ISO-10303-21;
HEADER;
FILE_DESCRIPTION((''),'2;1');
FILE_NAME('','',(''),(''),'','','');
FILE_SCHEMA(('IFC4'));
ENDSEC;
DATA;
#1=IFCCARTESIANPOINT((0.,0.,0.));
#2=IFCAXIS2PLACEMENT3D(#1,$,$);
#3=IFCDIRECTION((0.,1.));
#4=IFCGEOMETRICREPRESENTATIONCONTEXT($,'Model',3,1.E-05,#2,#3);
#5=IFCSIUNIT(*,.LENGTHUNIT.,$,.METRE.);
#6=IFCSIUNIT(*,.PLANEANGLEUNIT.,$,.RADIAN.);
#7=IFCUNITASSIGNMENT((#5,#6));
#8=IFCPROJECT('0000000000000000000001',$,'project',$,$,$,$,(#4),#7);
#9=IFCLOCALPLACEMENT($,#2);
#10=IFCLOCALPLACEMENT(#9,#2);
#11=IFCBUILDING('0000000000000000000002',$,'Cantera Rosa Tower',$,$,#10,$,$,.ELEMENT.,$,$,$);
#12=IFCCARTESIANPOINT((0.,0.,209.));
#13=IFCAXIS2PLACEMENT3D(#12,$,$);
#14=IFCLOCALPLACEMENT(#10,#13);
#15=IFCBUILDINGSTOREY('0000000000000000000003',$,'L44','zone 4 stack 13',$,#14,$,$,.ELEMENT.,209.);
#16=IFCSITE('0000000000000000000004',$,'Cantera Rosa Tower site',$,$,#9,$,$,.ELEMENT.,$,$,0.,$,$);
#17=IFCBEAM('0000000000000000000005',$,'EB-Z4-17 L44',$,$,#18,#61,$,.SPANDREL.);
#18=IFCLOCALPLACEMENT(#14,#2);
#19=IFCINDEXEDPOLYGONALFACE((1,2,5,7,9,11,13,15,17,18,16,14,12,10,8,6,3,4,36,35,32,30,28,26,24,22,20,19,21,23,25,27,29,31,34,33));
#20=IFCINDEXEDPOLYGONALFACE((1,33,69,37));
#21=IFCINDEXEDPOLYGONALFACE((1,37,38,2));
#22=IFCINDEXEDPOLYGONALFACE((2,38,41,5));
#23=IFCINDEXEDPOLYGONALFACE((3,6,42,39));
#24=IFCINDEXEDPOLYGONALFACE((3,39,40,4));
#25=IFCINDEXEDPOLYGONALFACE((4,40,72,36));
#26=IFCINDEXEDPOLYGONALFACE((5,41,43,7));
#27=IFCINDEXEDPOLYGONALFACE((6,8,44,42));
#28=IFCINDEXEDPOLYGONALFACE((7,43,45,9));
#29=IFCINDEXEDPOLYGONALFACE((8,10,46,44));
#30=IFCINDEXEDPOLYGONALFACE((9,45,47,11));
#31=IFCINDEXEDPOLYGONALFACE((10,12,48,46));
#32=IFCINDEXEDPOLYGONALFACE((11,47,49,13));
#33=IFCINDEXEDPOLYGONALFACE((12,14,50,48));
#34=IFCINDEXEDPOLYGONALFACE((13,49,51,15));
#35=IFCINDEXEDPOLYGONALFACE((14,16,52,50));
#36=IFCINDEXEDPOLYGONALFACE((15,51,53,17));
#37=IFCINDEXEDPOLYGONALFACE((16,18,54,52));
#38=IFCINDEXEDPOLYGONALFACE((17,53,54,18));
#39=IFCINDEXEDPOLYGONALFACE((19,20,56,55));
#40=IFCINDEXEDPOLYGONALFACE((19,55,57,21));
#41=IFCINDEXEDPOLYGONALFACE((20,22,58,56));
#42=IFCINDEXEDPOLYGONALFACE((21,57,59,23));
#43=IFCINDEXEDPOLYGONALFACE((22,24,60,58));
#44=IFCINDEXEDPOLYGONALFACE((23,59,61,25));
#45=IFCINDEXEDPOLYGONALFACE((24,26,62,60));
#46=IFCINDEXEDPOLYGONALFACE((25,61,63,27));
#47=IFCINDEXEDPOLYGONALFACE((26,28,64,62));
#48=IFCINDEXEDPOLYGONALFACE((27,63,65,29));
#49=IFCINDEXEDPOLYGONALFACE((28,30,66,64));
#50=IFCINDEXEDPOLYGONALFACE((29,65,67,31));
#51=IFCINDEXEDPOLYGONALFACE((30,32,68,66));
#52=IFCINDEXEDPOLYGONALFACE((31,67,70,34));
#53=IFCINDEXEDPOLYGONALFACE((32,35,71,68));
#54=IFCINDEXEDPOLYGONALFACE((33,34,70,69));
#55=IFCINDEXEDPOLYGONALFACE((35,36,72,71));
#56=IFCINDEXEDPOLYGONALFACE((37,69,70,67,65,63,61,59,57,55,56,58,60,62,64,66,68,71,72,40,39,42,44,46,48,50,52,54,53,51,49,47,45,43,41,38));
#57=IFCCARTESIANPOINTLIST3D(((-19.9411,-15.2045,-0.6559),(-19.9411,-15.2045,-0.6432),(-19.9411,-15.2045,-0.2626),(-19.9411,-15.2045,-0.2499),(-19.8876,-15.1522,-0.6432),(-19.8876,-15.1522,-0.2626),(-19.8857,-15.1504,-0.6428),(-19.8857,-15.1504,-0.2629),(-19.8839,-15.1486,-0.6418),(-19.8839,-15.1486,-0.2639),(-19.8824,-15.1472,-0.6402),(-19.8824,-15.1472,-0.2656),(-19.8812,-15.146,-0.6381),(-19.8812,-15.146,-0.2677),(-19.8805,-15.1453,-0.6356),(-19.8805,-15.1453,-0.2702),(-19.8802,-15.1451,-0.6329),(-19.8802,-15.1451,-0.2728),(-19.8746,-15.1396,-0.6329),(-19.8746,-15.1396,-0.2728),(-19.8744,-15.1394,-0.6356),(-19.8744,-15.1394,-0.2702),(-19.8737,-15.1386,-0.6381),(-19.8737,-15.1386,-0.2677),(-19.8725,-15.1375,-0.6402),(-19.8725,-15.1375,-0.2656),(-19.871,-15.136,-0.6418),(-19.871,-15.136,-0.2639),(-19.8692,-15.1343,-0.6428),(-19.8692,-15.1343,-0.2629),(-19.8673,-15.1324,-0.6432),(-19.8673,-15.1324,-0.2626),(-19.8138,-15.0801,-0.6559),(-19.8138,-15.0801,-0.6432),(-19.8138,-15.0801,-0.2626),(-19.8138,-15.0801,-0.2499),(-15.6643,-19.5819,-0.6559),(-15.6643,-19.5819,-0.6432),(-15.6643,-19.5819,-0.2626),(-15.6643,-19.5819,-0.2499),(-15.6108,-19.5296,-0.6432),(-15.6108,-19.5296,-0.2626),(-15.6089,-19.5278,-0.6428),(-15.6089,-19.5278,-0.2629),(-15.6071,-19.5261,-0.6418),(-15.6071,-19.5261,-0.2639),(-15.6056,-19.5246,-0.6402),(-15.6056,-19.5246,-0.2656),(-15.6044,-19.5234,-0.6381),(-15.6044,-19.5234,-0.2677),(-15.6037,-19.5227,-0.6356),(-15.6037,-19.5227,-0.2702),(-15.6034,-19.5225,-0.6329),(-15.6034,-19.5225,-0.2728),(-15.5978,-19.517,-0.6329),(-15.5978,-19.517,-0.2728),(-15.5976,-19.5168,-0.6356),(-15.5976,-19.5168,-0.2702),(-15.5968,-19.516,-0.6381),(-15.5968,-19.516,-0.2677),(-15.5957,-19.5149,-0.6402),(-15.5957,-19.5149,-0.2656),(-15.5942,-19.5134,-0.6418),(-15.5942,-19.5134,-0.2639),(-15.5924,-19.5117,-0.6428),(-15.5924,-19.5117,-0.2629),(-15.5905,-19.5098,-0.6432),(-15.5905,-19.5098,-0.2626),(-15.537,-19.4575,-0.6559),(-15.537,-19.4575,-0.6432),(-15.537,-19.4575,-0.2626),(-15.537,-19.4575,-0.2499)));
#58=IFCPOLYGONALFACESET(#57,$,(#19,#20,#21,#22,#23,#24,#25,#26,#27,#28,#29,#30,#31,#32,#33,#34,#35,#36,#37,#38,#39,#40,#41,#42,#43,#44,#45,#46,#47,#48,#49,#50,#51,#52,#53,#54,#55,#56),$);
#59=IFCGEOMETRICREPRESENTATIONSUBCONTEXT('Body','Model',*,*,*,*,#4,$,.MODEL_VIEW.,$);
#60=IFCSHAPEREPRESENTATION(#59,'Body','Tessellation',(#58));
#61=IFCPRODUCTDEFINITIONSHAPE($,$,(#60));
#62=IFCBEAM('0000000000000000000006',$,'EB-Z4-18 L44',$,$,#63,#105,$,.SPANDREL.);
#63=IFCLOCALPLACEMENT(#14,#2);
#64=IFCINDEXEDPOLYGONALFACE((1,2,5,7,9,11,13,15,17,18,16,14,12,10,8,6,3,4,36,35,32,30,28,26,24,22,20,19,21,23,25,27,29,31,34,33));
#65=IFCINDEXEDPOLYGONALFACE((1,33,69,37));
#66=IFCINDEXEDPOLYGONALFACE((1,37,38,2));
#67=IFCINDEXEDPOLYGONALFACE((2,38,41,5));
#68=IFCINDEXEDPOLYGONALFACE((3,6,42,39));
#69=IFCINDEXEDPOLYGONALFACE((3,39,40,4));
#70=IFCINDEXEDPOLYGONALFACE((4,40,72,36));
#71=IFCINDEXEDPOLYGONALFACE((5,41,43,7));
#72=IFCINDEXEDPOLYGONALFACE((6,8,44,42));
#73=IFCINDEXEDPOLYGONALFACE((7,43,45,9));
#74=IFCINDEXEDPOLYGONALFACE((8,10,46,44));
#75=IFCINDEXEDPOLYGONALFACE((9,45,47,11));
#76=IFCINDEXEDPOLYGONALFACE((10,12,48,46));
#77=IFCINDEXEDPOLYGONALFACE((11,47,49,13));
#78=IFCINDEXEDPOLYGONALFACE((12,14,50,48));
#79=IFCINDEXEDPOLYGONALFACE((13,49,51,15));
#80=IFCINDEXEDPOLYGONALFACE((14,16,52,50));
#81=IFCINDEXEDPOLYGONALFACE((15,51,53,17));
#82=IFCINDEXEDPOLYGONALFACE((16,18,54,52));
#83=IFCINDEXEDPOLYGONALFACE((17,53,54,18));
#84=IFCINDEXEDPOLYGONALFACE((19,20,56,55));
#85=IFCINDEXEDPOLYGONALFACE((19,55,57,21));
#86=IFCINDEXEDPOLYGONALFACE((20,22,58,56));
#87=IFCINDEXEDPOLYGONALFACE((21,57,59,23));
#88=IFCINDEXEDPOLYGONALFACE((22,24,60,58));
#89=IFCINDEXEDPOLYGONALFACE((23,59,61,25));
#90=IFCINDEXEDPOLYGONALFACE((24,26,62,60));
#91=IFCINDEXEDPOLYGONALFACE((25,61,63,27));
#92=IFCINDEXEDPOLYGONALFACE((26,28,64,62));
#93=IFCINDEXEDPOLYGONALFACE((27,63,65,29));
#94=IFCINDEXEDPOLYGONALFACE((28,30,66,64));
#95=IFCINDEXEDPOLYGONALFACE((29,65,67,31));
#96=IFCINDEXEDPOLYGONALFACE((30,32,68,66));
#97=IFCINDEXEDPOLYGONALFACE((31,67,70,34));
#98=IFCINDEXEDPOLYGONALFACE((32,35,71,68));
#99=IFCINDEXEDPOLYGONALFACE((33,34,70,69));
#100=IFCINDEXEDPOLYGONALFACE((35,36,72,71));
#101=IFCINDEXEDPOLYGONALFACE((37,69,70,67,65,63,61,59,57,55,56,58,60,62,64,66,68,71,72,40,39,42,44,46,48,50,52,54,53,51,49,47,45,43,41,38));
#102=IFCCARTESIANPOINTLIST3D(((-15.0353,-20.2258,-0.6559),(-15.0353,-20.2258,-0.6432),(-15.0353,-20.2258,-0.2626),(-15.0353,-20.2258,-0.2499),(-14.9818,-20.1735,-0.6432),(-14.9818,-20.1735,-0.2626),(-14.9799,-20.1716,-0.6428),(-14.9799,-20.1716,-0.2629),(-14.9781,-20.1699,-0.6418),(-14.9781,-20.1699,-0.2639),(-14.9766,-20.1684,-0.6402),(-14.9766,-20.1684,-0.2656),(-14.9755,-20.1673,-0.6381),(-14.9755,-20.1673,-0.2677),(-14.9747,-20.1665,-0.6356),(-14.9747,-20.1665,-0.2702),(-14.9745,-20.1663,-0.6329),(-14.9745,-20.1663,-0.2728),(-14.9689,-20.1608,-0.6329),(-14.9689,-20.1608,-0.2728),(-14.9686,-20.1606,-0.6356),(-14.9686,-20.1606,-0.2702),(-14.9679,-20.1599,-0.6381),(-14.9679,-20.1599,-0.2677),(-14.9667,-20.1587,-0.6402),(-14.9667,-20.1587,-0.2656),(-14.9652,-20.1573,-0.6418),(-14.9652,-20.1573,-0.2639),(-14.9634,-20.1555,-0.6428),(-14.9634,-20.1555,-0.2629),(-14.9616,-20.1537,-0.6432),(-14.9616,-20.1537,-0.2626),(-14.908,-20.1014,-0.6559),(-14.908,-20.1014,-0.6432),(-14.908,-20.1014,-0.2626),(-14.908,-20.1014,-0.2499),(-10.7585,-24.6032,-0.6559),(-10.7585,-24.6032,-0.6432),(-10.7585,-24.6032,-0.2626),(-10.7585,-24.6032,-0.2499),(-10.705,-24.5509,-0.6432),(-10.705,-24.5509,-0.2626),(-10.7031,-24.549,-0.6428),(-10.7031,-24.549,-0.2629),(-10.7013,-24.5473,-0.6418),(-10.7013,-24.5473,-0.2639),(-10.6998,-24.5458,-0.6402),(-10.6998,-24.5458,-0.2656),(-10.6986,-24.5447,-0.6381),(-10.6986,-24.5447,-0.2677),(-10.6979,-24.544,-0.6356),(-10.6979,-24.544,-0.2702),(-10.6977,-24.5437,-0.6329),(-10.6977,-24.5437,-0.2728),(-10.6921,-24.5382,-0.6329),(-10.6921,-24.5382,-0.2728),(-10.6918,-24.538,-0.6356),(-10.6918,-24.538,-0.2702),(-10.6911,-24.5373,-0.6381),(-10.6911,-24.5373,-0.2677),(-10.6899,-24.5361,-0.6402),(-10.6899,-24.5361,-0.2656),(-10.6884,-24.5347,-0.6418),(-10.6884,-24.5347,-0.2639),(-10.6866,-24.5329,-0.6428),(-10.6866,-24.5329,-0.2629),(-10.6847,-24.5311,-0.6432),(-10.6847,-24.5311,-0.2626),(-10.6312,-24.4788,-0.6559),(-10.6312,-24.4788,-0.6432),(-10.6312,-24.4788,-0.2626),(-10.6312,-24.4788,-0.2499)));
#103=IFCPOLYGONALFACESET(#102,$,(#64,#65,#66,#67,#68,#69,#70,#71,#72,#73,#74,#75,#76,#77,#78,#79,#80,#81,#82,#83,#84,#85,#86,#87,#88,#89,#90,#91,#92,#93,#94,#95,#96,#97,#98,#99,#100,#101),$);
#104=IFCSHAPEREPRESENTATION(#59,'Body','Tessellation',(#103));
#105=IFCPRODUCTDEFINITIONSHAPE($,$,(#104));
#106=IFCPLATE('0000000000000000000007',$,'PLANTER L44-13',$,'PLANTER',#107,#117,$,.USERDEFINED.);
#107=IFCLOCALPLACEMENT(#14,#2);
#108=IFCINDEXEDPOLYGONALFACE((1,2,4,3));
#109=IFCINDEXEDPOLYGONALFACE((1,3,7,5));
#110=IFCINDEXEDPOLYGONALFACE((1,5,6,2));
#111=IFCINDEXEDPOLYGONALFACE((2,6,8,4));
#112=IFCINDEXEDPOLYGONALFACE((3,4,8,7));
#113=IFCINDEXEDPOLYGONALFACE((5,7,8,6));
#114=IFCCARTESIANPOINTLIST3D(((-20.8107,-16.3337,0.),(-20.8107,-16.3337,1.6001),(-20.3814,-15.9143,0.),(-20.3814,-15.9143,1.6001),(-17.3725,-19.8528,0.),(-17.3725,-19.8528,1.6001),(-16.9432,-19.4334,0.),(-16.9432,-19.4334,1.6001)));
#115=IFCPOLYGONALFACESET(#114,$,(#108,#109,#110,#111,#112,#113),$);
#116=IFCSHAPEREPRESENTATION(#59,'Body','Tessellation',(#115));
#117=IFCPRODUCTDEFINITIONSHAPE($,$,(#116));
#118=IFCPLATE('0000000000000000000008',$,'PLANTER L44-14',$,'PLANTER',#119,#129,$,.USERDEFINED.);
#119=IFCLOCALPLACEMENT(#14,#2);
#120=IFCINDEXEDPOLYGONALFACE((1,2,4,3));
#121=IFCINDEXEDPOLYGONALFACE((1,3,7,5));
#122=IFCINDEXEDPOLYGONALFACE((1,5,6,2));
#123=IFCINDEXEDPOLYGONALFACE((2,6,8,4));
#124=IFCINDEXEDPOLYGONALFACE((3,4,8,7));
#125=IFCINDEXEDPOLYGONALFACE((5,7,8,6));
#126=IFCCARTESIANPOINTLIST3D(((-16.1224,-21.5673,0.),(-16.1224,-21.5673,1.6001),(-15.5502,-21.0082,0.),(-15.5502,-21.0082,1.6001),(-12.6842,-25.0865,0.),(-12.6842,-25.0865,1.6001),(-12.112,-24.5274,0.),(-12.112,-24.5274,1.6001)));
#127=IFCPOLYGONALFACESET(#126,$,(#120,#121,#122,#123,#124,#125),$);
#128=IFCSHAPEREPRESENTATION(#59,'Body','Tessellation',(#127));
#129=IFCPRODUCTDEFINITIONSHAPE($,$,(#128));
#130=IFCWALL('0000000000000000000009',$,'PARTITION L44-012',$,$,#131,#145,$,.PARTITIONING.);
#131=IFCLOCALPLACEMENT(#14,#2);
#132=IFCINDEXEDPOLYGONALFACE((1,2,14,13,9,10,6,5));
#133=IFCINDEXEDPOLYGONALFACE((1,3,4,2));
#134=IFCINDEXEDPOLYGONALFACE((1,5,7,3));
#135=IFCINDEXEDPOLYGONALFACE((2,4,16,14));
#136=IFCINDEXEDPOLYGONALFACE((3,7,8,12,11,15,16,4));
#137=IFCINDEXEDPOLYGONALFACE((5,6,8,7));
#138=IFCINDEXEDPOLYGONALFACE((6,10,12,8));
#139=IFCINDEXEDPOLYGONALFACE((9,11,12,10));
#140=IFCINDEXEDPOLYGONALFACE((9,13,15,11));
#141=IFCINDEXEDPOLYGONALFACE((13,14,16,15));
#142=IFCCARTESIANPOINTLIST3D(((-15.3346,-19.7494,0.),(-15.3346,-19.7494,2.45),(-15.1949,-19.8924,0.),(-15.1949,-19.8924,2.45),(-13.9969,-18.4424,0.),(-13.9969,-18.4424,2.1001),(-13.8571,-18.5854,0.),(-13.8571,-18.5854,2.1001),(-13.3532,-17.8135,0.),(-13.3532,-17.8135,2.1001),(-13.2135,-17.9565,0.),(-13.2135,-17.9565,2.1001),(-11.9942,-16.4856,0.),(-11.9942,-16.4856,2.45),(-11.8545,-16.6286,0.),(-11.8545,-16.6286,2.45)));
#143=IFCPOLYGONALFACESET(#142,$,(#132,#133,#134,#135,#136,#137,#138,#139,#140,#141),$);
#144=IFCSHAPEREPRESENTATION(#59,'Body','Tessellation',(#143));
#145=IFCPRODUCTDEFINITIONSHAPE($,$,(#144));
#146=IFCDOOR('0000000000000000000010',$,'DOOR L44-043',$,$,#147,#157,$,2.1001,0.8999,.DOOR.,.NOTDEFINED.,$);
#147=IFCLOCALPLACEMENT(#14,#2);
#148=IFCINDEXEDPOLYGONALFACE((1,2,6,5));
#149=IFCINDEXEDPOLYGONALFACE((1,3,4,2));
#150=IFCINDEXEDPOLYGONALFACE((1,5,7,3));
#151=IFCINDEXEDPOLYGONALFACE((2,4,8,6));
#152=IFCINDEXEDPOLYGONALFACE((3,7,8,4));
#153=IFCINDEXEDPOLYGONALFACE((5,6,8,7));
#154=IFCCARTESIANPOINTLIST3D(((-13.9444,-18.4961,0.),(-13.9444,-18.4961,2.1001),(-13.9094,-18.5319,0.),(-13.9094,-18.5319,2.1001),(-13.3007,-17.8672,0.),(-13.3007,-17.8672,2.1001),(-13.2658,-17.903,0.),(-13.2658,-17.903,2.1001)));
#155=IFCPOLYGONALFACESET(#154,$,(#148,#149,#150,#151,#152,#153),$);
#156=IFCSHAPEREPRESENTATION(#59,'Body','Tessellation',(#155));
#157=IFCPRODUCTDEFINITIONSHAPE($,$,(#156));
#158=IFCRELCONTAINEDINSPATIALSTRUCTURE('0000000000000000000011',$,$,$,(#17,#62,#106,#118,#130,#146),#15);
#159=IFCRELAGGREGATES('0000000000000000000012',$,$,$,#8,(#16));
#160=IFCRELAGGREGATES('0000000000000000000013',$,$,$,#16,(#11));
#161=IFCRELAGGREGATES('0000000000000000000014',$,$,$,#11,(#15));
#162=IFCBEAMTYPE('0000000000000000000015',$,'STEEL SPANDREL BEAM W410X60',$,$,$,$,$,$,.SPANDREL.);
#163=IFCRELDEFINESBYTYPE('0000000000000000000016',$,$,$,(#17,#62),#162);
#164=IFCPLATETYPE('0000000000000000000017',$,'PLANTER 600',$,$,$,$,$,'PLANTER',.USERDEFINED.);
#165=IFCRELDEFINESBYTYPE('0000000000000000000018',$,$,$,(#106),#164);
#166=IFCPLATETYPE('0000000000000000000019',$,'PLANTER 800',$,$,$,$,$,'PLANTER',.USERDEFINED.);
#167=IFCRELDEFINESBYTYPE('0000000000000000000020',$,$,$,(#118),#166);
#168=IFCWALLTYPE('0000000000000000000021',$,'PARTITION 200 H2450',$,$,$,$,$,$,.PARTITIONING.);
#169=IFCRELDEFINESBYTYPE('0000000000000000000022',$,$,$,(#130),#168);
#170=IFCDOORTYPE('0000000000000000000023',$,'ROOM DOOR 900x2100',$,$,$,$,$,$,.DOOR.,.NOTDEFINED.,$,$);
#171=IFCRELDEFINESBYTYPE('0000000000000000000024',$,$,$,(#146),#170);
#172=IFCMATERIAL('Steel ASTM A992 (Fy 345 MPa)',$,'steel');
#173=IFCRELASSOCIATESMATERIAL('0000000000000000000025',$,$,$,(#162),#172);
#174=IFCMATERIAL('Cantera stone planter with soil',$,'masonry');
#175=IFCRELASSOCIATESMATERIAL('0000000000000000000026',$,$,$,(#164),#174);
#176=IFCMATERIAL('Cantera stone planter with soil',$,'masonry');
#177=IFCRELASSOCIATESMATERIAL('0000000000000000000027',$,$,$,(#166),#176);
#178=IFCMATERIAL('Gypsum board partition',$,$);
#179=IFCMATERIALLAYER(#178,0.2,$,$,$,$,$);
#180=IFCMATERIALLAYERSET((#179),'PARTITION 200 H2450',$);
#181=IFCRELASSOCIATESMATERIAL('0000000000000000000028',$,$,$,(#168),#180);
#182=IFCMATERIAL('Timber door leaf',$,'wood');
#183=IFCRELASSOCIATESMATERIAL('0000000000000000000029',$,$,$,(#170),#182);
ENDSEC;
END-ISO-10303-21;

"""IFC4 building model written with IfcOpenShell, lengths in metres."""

from ifc_helpers import new_model, si_unit, direction, frame, frame_2d, origin, origin_2d, place, context, subcontext, project, spatial, rectangle, i_section, extrude, material, layer, layer_set, material_profile, profile_set, type_object, element, fill, save


model = new_model("IFC4")

# Units and contexts
model_context = context("Model", 3, precision=1e-05, world=origin(), true_north=direction((0.0, 1.0)))
body_context = subcontext(model_context, "Body", "Model", "MODEL_VIEW")
ifc_project = project(units=[si_unit("LENGTHUNIT", "METRE"), si_unit("PLANEANGLEUNIT", "RADIAN")], contexts=[model_context])

# Site, building, storey
site_placement = place(None, origin())
site = spatial("IfcSite", under=ifc_project, at=site_placement, Name="Cantera Rosa Tower site", CompositionType="ELEMENT", RefElevation=0.0)
building_placement = place(site_placement, origin())
building = spatial("IfcBuilding", under=site, at=building_placement, Name="Cantera Rosa Tower", CompositionType="ELEMENT")
storey_placement = place(building_placement, frame((0.0, 0.0, 209.0)))
storey = spatial("IfcBuildingStorey", under=building, at=storey_placement, Name="L44", Description="zone 4 stack 13", CompositionType="ELEMENT", Elevation=209.0)

# Beams
ifc_material_1 = material(Name="Steel ASTM A992 (Fy 345 MPa)", Category="steel")
ifc_material_profile_1 = material_profile(ifc_material_1, i_section(OverallWidth=0.178, OverallDepth=0.406, WebThickness=0.0078, FlangeThickness=0.0127, FilletRadius=0.0103, at=origin_2d()), Name="W410X60")
ifc_profile_set_1 = profile_set([ifc_material_profile_1], Name="Steel ASTM A992 (Fy 345 MPa)")
beam_type_1 = type_object("IfcBeamType", Name="STEEL SPANDREL BEAM W410X60", PredefinedType="SPANDREL", material=ifc_profile_set_1)
for number, where, z_axis, x_axis, name in (
    (1, (-19.8774, -15.1423, -0.4529), (0.698841, -0.715277, 0.0), (0.715277, 0.698841, 0.0), "EB-Z4-17 L44"),
    (2, (-14.9717, -20.1636, -0.4529), (0.698841, -0.715277, 0.0), (0.715277, 0.698841, 0.0), "EB-Z4-18 L44"),
):
    element("IfcBeam", number, at=place(storey_placement, frame(where, z_axis=z_axis, x_axis=x_axis)), inside=storey, type_object=beam_type_1, Name=name, PredefinedType="SPANDREL", context=body_context, shape_type="SweptSolid", body=[
        extrude(i_section(OverallWidth=0.178, OverallDepth=0.406, WebThickness=0.0078, FlangeThickness=0.0127, FilletRadius=0.0103, at=origin_2d()), origin(), (0.0, 0.0, 1.0), 6.1199),
    ])

# Plates
ifc_material_2 = material(Name="Cantera stone planter with soil", Category="masonry")
plate_type_1 = type_object("IfcPlateType", Name="PLANTER 600", ElementType="PLANTER", PredefinedType="USERDEFINED", material=ifc_material_2)
plate_1_placement = place(storey_placement, frame((-18.877, -17.8835, 0.0), z_axis=(0.0, 0.0, 1.0), x_axis=(0.698832, -0.715286, 0.0)))
element("IfcPlate", 3, at=plate_1_placement, inside=storey, type_object=plate_type_1, Name="PLANTER L44-13", ObjectType="PLANTER", PredefinedType="USERDEFINED", context=body_context, shape_type="SweptSolid", body=[
    extrude(rectangle(XDim=4.9199, YDim=0.6001, at=origin_2d()), origin(), (0.0, 0.0, 1.0), 1.6001),
])
ifc_material_3 = material(Name="Cantera stone planter with soil", Category="masonry")
plate_type_2 = type_object("IfcPlateType", Name="PLANTER 800", ElementType="PLANTER", PredefinedType="USERDEFINED", material=ifc_material_3)
plate_2_placement = place(storey_placement, frame((-14.1172, -23.0474, 0.0), z_axis=(0.0, 0.0, 1.0), x_axis=(0.698832, -0.715286, 0.0)))
element("IfcPlate", 4, at=plate_2_placement, inside=storey, type_object=plate_type_2, Name="PLANTER L44-14", ObjectType="PLANTER", PredefinedType="USERDEFINED", context=body_context, shape_type="SweptSolid", body=[
    extrude(rectangle(XDim=4.9199, YDim=0.8, at=origin_2d()), origin(), (0.0, 0.0, 1.0), 1.6001),
])

# Wall, opening, door
ifc_material_4 = material(Name="Gypsum board partition")
ifc_layer_1 = layer(ifc_material_4, 0.2)
ifc_layer_set_1 = layer_set([ifc_layer_1], Name="PARTITION 200 H2450")
wall_type_1 = type_object("IfcWallType", Name="PARTITION 200 H2450", PredefinedType="PARTITIONING", material=ifc_layer_set_1)
wall_1_placement = place(storey_placement, frame((-15.2646, -19.8208, 0.0), z_axis=(0.0, 0.0, 1.0), x_axis=(0.715267, 0.698852, 0.0)))
wall_1 = element("IfcWall", 5, at=wall_1_placement, inside=storey, type_object=wall_type_1, Name="PARTITION L44-012", PredefinedType="PARTITIONING", context=body_context, shape_type="SweptSolid", body=[
    extrude(rectangle(XDim=4.6702, YDim=0.2, at=frame_2d((2.335, 0.0))), origin(), (0.0, 0.0, 1.0), 2.45),
])
opening_1_placement = place(wall_1_placement, frame((1.8701, 0.0, 0.0)))
opening_1 = element("IfcOpeningElement", 6, at=opening_1_placement, cuts=wall_1, PredefinedType="OPENING", context=body_context, shape_type="SweptSolid", body=[
    extrude(rectangle(XDim=0.8999, YDim=2.1001, at=frame_2d((0.45, 1.05))), frame((0.0, 0.1099, 0.0), z_axis=(0.0, -1.0, 0.0), x_axis=(1.0, 0.0, 0.0)), (0.0, 0.0, 1.0), 0.22),
])
ifc_material_5 = material(Name="Timber door leaf", Category="wood")
door_type_1 = type_object("IfcDoorType", Name="ROOM DOOR 900x2100", OperationType="NOTDEFINED", PredefinedType="DOOR", material=ifc_material_5)
door_1_placement = place(opening_1_placement, origin())
door_1 = element("IfcDoor", 7, at=door_1_placement, inside=storey, type_object=door_type_1, Name="DOOR L44-043", OperationType="NOTDEFINED", OverallHeight=2.1001, OverallWidth=0.8999, PredefinedType="DOOR", context=body_context, shape_type="SweptSolid", body=[
    extrude(rectangle(XDim=0.8999, YDim=2.1001, at=frame_2d((0.45, 1.05))), frame((0.0, 0.0249, 0.0), z_axis=(0.0, -1.0, 0.0), x_axis=(1.0, 0.0, 0.0)), (0.0, 0.0, 1.0), 0.05),
])
fill(opening_1, door_1)

save(model, "model.ifc")
